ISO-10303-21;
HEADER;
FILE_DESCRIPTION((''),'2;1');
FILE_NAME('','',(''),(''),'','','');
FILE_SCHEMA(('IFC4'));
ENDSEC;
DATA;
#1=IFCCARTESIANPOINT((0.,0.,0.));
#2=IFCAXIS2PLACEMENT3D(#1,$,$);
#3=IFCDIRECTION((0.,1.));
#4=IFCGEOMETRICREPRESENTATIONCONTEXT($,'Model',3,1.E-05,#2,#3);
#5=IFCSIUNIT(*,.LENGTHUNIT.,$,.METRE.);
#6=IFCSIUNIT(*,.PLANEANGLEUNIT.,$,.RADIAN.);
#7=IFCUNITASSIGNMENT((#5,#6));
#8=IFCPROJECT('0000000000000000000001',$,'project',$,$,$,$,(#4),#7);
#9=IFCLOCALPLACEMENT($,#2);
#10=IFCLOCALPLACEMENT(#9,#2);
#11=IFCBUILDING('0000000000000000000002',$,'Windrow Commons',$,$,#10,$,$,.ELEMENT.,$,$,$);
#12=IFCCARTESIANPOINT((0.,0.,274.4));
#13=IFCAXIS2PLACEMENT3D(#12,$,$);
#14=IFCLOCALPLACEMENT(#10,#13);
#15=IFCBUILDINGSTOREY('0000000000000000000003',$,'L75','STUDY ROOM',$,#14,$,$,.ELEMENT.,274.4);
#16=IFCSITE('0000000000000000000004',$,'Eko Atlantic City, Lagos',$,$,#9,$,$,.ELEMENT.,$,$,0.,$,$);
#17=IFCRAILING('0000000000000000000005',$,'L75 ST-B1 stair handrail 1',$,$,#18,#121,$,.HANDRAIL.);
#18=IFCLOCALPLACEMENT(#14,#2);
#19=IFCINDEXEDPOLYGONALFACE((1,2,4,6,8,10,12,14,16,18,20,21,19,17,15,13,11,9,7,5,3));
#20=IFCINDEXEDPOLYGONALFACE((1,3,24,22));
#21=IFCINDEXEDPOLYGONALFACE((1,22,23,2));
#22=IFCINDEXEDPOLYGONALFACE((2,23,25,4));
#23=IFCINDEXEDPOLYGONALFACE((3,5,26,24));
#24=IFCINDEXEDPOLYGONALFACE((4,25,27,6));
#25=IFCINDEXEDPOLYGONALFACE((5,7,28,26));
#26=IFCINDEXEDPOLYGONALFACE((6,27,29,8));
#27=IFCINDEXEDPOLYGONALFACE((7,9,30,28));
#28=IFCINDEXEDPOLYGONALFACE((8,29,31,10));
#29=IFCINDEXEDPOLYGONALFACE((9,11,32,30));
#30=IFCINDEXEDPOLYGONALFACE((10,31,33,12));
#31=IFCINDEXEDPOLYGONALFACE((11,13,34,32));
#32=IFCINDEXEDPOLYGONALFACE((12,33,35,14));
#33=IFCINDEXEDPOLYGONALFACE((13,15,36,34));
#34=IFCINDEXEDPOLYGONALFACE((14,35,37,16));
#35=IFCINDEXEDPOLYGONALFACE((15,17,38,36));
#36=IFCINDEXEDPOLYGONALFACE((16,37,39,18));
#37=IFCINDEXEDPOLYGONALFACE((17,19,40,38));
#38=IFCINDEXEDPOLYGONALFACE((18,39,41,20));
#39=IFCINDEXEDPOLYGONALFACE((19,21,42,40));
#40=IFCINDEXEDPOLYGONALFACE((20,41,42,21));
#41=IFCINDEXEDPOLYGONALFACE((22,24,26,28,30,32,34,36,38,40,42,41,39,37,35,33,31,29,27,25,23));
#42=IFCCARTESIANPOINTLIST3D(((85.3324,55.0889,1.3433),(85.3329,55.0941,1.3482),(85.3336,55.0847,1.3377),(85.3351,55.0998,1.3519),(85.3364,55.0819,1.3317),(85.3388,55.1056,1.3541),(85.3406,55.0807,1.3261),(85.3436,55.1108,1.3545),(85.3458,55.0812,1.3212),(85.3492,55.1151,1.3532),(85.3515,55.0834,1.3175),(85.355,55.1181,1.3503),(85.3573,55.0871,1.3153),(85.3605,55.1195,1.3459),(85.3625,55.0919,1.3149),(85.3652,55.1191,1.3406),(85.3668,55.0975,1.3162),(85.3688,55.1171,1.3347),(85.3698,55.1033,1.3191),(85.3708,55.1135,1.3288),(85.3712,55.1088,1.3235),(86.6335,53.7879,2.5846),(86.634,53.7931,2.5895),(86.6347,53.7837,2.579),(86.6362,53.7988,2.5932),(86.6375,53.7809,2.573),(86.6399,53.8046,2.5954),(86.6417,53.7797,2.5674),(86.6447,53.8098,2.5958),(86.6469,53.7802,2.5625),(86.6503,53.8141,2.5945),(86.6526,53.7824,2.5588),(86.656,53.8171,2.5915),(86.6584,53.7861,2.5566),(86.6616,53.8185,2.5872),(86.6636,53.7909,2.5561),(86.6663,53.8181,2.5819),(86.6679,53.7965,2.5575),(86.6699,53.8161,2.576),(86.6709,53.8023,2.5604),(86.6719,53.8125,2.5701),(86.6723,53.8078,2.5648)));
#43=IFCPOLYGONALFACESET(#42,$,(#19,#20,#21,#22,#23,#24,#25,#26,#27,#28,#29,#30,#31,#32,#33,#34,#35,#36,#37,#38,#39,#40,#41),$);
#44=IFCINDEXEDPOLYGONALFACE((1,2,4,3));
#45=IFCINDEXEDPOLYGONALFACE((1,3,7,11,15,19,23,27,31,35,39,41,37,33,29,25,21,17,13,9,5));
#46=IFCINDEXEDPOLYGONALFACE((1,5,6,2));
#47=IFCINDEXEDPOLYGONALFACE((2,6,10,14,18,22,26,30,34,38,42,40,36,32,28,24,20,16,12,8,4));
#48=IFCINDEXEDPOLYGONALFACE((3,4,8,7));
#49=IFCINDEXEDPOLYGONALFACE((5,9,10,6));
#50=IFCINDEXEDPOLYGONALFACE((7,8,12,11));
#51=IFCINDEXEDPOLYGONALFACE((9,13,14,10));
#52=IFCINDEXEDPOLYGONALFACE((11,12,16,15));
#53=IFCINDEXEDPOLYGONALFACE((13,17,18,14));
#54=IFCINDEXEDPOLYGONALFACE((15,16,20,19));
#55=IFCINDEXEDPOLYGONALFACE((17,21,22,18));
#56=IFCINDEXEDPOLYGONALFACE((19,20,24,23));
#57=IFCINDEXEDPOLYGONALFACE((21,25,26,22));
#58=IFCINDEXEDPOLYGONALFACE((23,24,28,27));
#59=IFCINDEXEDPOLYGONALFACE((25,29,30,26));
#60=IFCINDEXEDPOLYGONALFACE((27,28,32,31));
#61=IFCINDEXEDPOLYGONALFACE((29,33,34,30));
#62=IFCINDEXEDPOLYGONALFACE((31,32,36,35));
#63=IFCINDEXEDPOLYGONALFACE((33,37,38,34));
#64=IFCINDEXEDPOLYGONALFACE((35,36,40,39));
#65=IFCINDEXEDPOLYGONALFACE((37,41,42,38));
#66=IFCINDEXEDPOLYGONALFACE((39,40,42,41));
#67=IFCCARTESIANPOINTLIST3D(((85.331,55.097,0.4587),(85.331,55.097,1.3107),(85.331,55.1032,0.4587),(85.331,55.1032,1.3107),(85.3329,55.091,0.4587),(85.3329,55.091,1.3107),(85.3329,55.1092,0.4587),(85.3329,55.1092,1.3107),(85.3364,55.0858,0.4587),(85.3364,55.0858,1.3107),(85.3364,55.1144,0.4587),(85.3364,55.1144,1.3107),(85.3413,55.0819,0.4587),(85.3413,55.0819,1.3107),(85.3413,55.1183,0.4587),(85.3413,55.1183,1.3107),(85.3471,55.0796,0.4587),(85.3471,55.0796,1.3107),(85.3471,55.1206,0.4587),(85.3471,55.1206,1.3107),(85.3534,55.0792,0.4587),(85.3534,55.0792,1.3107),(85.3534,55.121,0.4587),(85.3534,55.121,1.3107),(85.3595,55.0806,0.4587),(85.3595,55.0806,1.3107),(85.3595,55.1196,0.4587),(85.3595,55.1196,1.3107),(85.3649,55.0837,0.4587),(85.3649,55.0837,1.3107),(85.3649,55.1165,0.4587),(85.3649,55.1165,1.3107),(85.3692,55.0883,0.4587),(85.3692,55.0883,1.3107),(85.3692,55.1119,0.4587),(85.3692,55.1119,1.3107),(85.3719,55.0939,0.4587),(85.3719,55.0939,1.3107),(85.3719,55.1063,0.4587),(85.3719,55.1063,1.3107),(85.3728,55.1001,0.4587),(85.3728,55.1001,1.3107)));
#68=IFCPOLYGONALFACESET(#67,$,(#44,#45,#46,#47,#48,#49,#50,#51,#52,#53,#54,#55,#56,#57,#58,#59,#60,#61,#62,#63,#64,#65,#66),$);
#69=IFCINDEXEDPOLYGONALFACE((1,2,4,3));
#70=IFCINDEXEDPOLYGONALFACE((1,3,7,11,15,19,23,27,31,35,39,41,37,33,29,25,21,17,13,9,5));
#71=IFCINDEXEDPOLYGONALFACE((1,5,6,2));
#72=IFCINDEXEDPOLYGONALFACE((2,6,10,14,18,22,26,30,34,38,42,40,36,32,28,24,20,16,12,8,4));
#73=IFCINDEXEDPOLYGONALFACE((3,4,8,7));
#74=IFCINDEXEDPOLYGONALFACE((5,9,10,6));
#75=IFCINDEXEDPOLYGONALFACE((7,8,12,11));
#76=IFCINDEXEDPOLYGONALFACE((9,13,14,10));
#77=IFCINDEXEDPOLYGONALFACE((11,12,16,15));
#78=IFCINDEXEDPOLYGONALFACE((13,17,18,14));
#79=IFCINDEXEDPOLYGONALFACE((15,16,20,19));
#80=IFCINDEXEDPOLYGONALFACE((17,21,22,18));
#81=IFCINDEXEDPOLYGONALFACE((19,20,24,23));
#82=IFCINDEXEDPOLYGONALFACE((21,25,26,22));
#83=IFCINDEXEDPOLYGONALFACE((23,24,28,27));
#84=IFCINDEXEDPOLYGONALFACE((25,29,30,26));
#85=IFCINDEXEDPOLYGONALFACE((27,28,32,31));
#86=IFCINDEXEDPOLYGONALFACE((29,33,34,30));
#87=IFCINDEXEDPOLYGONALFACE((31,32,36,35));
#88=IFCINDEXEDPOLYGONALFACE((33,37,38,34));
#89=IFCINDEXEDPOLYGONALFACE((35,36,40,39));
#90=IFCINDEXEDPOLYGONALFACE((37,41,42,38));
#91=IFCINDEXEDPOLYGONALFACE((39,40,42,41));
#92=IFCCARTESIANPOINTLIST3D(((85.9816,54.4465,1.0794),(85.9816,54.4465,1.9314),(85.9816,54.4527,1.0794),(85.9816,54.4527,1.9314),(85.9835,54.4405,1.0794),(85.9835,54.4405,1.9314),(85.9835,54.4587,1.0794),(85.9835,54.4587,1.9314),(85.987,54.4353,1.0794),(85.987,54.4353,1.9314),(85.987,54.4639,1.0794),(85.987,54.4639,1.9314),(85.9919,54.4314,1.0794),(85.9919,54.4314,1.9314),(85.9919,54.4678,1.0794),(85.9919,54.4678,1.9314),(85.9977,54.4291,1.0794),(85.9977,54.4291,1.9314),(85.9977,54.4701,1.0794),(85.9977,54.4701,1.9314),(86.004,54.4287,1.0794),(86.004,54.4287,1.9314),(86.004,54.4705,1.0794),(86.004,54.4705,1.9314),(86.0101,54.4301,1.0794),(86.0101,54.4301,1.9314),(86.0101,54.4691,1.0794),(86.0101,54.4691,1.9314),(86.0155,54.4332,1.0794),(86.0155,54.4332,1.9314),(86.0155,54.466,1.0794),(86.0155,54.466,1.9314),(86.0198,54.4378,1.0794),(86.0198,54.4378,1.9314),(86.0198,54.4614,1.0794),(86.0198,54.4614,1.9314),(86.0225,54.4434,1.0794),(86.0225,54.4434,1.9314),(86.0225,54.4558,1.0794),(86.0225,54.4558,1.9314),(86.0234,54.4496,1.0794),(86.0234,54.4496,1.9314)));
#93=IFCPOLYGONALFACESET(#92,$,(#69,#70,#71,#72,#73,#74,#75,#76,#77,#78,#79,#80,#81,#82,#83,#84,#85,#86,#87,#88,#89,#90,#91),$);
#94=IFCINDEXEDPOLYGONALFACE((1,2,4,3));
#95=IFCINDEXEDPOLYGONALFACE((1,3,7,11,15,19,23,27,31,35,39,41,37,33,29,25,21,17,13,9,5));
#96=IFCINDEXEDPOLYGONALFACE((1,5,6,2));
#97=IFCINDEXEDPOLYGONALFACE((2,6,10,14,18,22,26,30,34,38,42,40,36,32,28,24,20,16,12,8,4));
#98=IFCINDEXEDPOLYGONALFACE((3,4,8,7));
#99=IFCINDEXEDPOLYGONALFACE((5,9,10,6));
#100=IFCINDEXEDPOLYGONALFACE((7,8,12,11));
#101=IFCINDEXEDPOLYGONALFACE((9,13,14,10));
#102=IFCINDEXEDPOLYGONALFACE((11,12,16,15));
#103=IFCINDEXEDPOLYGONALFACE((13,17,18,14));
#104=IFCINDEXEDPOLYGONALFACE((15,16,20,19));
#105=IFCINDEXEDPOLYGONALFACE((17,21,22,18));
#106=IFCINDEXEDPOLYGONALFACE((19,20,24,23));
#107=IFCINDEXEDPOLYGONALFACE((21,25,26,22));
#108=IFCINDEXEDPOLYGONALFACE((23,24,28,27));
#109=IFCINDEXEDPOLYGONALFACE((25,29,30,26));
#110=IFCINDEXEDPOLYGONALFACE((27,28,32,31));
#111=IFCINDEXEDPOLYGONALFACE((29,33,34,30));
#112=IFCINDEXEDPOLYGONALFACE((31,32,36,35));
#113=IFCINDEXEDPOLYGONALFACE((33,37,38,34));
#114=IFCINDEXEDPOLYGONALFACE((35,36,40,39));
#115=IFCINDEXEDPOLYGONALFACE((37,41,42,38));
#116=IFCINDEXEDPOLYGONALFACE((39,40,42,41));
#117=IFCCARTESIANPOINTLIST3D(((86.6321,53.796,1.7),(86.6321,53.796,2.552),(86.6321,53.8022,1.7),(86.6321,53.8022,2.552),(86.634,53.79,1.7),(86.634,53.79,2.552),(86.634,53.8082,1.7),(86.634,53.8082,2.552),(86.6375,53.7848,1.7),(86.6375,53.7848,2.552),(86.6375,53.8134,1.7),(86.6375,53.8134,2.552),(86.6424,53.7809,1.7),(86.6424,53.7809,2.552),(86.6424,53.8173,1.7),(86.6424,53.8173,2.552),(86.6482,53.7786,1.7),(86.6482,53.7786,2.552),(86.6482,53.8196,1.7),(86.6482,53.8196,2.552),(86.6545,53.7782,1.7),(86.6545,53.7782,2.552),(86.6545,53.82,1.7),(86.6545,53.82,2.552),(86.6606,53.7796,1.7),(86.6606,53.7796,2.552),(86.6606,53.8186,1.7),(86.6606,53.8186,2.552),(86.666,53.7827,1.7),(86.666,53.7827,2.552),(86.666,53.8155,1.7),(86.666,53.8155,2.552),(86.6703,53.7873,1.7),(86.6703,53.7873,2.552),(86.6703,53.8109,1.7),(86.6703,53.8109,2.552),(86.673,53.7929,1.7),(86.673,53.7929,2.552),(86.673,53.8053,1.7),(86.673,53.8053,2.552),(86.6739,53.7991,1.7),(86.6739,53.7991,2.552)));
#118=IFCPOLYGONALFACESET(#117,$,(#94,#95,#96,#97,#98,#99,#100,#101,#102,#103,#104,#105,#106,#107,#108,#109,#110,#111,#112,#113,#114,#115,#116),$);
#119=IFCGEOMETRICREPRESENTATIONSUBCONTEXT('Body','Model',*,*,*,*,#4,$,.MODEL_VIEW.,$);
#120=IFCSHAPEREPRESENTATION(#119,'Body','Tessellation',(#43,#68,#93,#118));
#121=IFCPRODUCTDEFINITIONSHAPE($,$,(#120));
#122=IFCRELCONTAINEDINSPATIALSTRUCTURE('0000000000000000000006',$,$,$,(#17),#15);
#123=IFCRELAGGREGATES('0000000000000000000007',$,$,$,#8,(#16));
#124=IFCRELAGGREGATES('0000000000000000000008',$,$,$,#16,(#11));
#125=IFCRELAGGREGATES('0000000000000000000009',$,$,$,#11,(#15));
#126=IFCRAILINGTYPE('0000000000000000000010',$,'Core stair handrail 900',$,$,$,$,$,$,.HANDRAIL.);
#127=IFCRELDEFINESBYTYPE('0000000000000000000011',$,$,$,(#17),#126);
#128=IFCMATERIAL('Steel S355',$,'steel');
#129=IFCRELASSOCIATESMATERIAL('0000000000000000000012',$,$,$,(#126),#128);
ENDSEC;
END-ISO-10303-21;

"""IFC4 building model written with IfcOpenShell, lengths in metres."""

from ifc_helpers import new_model, si_unit, direction, frame, origin, origin_2d, place, context, subcontext, project, spatial, circle, extrude, material, type_object, element, save


model = new_model("IFC4")

# Units and contexts
model_context = context("Model", 3, precision=1e-05, world=origin(), true_north=direction((0.0, 1.0)))
body_context = subcontext(model_context, "Body", "Model", "MODEL_VIEW")
ifc_project = project(units=[si_unit("LENGTHUNIT", "METRE"), si_unit("PLANEANGLEUNIT", "RADIAN")], contexts=[model_context])

# Site, building, storey
site_placement = place(None, origin())
site = spatial("IfcSite", under=ifc_project, at=site_placement, Name="Eko Atlantic City, Lagos", CompositionType="ELEMENT", RefElevation=0.0)
building_placement = place(site_placement, origin())
building = spatial("IfcBuilding", under=site, at=building_placement, Name="Windrow Commons", CompositionType="ELEMENT")
storey_placement = place(building_placement, frame((0.0, 0.0, 274.4)))
storey = spatial("IfcBuildingStorey", under=building, at=storey_placement, Name="L75", Description="STUDY ROOM", CompositionType="ELEMENT", Elevation=274.4)

# Railing
ifc_material_1 = material(Name="Steel S355", Category="steel")
railing_type_1 = type_object("IfcRailingType", Name="Core stair handrail 900", PredefinedType="HANDRAIL", material=ifc_material_1)
railing_1_placement = place(storey_placement, frame((85.3518, 55.1001, 0.4587)))
element("IfcRailing", 1, at=railing_1_placement, inside=storey, type_object=railing_type_1, Name="L75 ST-B1 stair handrail 1", PredefinedType="HANDRAIL", context=body_context, shape_type="SweptSolid", body=[
    extrude(circle(Radius=0.024, at=origin_2d()), frame((0.0, 0.0, 0.876), z_axis=(0.586207, -0.586162, 0.559264), x_axis=(0.70708, 0.707134, 0.0)), (0.0, 0.0, 1.0), 2.2195),
    extrude(circle(Radius=0.021, at=origin_2d()), origin(), (0.0, 0.0, 1.0), 0.852),
    extrude(circle(Radius=0.021, at=origin_2d()), frame((0.6506, -0.6505, 0.6207)), (0.0, 0.0, 1.0), 0.852),
    extrude(circle(Radius=0.021, at=origin_2d()), frame((1.3011, -1.301, 1.2413)), (0.0, 0.0, 1.0), 0.852),
])

save(model, "model.ifc")
